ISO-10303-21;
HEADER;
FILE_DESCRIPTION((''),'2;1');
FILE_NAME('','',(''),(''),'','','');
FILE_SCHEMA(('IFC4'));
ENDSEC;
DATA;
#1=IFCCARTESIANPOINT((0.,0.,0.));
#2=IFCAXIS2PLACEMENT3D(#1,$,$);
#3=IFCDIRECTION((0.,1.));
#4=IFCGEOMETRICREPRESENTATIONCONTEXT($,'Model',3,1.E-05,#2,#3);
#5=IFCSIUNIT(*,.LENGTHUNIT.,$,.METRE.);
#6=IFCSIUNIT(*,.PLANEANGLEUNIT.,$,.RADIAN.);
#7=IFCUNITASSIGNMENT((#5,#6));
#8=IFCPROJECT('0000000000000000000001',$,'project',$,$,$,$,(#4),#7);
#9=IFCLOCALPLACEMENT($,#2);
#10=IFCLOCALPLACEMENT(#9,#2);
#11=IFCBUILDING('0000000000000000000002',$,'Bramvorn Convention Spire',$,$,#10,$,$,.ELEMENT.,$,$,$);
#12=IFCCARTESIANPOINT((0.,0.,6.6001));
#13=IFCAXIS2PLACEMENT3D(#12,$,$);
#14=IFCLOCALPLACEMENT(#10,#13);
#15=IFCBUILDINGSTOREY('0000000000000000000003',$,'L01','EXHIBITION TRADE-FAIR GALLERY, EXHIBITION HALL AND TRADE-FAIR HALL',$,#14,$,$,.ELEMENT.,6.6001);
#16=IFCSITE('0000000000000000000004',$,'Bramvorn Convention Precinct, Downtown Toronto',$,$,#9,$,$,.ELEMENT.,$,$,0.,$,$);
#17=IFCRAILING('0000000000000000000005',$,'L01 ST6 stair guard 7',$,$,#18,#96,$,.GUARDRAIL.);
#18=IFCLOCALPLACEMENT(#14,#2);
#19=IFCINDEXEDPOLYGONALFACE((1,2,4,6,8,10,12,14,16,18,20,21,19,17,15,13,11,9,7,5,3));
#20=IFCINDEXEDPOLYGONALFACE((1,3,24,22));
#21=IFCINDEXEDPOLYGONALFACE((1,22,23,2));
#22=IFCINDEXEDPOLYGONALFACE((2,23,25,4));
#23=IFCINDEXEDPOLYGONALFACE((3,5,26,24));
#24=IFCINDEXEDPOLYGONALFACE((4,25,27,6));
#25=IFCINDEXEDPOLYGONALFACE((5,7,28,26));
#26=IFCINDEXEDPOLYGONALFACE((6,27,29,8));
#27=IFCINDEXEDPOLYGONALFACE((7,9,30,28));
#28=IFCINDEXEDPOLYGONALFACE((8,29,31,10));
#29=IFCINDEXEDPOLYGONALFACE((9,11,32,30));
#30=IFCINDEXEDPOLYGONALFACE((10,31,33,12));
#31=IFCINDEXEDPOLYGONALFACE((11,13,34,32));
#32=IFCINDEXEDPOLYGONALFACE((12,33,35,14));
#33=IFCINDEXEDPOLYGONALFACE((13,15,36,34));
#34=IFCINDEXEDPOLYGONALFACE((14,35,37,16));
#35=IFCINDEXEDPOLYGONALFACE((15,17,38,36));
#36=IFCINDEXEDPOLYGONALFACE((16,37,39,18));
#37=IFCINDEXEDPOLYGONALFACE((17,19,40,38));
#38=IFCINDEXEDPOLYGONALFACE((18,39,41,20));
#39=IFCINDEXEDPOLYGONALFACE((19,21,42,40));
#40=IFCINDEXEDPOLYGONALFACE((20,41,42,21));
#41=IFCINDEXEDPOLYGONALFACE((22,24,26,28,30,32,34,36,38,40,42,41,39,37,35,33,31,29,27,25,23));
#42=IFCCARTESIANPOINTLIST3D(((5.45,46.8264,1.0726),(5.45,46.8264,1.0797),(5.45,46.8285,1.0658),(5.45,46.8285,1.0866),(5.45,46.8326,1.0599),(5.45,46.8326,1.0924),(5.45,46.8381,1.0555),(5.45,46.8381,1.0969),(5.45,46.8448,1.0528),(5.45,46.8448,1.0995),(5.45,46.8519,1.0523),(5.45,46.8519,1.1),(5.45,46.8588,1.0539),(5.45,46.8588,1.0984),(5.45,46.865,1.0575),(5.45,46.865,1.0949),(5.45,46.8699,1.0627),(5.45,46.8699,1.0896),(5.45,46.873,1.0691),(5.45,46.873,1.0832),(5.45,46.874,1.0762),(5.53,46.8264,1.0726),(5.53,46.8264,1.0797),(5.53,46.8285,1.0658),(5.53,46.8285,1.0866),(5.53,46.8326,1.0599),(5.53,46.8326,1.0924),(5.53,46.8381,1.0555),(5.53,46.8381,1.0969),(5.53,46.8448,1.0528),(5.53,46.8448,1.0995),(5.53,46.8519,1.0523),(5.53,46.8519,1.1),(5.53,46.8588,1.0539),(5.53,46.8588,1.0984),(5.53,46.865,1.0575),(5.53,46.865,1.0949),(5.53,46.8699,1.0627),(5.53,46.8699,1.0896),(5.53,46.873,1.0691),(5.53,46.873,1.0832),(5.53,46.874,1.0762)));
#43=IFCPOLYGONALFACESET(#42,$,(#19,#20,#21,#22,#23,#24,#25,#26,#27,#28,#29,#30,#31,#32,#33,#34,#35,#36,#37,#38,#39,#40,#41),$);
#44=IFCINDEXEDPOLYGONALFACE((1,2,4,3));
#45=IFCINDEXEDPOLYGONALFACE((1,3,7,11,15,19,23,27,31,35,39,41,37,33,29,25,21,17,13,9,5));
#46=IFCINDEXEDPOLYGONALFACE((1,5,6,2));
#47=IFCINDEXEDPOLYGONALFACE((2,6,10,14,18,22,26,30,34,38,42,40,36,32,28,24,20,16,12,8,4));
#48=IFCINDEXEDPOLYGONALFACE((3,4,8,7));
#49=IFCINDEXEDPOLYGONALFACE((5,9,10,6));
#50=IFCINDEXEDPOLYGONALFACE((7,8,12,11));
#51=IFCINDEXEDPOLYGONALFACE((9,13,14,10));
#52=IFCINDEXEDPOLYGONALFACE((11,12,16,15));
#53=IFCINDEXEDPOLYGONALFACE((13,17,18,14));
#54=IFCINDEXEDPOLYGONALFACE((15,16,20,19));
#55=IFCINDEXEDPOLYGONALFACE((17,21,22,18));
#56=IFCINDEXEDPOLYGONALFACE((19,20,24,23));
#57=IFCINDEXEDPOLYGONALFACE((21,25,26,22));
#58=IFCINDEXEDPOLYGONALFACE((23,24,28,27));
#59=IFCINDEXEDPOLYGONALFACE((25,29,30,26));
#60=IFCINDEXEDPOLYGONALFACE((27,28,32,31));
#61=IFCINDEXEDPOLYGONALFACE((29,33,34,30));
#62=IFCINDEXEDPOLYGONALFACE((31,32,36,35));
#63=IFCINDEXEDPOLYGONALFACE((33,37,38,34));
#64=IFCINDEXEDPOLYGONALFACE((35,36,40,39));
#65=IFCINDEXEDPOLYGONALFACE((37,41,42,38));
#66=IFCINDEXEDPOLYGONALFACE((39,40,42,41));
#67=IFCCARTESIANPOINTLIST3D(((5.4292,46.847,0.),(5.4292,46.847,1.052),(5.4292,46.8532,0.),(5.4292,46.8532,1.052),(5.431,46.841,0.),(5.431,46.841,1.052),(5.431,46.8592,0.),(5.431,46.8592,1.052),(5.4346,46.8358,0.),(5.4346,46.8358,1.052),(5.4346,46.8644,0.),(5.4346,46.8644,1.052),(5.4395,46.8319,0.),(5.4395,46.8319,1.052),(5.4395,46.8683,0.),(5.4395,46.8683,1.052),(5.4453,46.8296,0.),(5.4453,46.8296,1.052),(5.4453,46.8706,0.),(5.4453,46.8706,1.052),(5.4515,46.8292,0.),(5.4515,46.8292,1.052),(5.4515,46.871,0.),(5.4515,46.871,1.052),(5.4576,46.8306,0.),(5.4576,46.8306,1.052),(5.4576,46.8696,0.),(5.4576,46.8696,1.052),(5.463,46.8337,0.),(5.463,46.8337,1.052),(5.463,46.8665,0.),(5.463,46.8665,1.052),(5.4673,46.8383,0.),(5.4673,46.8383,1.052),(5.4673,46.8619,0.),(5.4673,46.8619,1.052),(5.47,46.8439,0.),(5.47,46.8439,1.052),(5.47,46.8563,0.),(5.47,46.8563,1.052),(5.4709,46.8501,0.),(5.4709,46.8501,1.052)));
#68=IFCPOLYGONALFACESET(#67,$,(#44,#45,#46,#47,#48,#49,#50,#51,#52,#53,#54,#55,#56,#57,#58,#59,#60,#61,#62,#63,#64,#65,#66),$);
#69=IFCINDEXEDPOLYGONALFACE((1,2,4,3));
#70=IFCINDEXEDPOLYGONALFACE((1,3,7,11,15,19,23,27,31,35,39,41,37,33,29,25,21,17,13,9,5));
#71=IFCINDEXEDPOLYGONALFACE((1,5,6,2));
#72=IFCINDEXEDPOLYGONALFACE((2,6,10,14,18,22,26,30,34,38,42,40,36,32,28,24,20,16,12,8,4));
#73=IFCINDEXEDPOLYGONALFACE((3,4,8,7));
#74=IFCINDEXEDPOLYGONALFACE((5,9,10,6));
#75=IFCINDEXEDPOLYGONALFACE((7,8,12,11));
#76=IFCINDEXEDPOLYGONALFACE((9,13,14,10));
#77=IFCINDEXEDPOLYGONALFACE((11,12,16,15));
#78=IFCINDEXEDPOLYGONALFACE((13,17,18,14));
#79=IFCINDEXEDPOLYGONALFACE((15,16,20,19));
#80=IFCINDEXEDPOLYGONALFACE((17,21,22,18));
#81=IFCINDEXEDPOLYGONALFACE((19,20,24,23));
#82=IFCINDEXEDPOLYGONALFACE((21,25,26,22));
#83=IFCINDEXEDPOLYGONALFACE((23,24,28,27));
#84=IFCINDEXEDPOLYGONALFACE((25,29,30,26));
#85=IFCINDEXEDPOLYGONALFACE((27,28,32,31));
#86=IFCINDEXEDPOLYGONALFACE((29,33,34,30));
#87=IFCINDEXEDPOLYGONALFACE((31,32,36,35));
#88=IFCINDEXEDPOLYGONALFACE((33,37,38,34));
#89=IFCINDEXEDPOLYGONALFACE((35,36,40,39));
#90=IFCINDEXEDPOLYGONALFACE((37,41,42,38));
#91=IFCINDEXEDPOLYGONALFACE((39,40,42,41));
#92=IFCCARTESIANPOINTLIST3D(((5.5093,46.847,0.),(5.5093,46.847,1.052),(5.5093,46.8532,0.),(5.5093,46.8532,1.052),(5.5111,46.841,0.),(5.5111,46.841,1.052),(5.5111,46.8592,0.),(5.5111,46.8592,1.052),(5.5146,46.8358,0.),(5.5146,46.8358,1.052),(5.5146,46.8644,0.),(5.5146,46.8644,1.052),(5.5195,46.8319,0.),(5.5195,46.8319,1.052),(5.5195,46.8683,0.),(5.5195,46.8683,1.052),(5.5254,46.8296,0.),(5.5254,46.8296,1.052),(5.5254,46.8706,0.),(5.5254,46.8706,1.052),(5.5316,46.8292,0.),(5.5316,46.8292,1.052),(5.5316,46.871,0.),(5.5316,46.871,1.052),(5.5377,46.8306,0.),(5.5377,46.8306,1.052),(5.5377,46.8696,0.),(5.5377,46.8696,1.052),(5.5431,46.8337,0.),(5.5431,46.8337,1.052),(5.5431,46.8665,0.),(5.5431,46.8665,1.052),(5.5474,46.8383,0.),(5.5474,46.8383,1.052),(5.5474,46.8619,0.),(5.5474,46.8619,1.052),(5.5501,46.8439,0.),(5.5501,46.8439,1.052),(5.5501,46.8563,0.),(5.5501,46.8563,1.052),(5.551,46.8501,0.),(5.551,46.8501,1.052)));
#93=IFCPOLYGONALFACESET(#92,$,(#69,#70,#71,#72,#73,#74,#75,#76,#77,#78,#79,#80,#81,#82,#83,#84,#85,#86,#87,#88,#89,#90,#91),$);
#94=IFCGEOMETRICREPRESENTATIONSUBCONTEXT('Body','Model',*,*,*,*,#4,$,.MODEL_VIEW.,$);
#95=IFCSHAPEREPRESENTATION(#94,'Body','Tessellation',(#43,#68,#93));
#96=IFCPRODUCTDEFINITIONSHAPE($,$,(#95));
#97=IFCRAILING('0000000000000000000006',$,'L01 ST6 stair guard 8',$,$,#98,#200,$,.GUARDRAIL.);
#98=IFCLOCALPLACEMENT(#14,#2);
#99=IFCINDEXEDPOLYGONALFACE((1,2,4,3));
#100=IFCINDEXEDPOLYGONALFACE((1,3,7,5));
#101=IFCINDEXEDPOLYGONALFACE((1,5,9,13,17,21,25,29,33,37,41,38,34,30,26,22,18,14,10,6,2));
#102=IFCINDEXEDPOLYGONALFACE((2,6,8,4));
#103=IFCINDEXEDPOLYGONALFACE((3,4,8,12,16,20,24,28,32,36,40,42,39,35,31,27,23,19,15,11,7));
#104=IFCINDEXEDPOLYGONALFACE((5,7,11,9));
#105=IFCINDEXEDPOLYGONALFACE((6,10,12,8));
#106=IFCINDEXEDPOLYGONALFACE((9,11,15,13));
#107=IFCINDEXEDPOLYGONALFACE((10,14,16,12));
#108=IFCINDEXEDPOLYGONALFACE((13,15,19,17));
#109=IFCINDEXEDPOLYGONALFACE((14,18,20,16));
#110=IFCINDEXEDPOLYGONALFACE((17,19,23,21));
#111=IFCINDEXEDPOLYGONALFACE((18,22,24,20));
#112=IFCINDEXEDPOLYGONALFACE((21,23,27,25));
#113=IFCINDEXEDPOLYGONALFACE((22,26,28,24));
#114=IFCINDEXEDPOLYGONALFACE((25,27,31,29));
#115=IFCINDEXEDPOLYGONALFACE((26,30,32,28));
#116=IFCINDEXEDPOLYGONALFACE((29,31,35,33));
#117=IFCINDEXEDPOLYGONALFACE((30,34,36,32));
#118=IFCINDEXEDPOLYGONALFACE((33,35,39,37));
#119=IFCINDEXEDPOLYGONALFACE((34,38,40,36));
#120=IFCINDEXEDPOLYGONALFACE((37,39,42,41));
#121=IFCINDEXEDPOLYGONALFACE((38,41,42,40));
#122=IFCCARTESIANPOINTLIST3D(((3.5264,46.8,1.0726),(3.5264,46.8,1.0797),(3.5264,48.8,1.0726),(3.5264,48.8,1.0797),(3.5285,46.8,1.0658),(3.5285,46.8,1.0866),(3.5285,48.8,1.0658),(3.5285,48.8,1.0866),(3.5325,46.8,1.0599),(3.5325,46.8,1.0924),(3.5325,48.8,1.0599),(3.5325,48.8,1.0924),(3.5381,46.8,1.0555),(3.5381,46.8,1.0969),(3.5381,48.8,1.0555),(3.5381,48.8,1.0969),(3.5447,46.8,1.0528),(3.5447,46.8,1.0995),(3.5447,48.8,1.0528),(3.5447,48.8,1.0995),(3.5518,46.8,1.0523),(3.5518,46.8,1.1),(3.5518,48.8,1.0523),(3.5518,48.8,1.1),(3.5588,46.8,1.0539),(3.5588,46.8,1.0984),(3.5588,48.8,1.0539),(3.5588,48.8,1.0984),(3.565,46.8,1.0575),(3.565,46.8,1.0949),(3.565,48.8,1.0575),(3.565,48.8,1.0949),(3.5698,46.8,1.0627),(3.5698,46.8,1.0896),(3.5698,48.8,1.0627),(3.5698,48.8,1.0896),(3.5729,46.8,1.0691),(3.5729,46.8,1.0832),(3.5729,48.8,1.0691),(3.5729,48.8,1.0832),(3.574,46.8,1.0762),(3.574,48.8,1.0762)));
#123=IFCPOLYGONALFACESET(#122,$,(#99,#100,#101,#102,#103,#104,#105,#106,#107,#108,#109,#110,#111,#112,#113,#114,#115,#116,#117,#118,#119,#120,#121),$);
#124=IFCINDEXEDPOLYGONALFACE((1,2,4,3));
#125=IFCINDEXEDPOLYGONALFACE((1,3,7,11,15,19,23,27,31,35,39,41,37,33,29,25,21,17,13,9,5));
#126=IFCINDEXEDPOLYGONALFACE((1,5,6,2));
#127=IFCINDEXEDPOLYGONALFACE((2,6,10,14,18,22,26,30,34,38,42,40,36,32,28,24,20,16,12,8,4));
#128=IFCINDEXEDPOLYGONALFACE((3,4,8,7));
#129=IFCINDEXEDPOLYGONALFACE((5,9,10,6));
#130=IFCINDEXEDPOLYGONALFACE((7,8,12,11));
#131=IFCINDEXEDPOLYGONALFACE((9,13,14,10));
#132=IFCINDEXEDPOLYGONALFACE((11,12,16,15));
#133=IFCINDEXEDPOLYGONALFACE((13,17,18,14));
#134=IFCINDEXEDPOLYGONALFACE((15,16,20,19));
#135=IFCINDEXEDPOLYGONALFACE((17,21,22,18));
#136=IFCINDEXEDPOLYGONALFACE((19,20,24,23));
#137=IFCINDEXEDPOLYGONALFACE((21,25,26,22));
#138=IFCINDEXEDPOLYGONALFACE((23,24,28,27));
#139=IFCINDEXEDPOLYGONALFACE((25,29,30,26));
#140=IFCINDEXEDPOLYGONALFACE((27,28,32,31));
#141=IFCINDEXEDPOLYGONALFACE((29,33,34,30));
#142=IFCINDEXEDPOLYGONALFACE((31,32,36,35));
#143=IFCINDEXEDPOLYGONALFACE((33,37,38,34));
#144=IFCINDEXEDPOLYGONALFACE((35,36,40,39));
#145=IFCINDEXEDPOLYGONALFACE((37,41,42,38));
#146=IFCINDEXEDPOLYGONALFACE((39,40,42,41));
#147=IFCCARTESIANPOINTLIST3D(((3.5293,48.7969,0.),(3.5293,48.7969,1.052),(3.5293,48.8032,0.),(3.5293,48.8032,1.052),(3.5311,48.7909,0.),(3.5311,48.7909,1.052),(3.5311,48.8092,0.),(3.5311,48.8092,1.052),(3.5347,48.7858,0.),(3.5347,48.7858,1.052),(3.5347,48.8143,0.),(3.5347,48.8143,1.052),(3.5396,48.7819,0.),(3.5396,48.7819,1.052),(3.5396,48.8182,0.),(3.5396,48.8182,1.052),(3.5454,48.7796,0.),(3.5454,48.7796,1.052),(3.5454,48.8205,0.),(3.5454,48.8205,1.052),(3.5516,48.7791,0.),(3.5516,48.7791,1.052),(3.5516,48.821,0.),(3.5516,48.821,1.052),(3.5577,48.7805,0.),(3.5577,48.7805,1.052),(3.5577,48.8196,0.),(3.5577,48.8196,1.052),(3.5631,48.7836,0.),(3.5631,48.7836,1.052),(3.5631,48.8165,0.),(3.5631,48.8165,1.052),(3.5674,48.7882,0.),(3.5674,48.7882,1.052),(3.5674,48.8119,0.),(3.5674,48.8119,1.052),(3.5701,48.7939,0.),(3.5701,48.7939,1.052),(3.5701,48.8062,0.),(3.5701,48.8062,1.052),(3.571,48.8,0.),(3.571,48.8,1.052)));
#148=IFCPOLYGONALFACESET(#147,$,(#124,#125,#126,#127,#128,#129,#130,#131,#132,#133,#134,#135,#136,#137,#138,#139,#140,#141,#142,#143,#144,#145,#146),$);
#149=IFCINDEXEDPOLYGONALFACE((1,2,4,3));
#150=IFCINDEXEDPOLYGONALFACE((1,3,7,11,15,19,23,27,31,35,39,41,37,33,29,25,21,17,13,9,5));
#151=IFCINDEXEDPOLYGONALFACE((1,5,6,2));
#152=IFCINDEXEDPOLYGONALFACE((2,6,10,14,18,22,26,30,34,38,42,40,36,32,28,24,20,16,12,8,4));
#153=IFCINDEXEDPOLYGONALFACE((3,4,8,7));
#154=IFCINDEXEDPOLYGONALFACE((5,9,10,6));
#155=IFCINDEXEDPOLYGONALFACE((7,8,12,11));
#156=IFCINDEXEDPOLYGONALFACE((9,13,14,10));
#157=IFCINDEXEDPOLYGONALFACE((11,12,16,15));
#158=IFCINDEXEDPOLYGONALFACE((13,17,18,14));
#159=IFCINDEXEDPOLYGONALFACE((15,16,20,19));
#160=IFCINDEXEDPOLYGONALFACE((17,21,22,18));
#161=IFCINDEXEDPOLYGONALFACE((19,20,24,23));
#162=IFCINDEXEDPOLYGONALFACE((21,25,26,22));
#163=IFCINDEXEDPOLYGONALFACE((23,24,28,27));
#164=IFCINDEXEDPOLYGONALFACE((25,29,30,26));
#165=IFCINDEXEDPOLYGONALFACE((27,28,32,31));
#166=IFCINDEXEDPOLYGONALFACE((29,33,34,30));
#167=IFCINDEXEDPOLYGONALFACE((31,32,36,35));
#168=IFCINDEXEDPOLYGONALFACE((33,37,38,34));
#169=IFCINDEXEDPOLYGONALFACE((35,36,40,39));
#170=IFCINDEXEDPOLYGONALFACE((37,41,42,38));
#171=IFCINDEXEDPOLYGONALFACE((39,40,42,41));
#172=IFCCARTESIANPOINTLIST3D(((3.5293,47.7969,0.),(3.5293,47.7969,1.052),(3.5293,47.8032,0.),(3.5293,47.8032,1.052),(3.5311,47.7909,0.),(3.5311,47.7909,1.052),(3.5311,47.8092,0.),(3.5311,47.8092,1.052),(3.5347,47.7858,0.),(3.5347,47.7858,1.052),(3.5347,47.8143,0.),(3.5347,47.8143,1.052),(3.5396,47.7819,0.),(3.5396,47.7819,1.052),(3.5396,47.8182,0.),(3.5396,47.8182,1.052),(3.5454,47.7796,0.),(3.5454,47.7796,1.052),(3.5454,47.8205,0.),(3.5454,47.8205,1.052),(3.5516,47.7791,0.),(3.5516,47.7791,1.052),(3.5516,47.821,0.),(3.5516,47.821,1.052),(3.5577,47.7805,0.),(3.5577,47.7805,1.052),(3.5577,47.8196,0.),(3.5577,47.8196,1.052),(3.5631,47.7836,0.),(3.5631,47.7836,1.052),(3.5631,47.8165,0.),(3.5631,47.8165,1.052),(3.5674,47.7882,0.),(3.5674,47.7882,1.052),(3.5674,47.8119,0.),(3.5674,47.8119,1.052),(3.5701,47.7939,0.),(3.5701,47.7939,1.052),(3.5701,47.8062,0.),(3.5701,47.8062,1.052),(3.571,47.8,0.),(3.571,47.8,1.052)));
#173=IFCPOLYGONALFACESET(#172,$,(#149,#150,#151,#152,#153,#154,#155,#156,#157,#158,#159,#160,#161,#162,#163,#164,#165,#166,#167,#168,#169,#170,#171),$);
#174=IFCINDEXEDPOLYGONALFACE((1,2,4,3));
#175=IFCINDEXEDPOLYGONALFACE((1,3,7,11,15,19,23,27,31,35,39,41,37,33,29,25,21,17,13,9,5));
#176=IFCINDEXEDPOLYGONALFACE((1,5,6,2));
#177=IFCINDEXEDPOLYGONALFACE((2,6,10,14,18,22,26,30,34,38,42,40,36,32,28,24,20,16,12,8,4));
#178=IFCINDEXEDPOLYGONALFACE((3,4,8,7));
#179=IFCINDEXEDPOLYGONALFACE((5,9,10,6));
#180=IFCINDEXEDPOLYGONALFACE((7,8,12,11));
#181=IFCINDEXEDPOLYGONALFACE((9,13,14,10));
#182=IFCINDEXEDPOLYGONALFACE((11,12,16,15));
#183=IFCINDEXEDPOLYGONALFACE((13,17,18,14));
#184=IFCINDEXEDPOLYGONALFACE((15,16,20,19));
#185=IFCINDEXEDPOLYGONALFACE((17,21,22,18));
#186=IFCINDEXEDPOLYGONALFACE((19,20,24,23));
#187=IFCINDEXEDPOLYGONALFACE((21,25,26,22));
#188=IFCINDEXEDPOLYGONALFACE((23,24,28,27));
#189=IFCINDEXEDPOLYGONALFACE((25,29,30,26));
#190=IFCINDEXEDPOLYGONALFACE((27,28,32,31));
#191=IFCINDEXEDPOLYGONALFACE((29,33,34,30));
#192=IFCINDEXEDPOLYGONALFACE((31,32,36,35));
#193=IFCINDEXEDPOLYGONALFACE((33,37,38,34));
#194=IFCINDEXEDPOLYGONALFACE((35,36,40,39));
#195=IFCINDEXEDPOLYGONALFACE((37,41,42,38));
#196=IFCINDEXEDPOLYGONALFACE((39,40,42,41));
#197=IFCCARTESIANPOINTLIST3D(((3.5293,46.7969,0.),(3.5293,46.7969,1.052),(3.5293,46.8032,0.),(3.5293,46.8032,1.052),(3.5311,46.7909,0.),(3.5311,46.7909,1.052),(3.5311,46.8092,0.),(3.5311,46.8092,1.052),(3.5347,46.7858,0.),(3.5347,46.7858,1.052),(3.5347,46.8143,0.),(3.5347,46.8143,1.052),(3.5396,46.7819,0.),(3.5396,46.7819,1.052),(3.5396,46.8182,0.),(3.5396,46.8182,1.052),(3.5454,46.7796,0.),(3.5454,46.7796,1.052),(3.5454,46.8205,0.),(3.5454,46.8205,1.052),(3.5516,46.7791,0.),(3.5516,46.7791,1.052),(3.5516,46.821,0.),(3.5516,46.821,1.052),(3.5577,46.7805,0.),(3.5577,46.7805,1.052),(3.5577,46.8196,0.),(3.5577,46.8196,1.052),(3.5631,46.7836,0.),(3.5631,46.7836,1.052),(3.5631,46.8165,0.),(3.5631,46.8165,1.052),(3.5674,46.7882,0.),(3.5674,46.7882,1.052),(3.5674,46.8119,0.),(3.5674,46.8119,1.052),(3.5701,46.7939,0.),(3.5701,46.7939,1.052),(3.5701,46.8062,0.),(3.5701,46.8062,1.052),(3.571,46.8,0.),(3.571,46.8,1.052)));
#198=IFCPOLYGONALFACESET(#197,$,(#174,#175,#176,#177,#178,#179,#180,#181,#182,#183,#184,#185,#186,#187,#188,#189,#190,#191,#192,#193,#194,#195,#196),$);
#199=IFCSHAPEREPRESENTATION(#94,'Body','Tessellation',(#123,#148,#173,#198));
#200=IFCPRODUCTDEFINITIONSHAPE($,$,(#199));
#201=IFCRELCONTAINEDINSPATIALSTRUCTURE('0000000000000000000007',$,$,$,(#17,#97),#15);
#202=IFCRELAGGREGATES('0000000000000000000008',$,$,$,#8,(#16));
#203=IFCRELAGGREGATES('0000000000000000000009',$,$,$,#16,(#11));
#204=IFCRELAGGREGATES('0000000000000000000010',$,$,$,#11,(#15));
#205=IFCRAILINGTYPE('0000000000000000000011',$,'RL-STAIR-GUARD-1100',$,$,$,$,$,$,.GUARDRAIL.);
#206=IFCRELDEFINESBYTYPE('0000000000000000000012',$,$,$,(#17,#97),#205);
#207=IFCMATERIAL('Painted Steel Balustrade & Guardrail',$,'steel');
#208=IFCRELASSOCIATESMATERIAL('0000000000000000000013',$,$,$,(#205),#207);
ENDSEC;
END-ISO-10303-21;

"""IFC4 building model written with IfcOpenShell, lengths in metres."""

from ifc_helpers import new_model, si_unit, direction, frame, origin, origin_2d, place, context, subcontext, project, spatial, circle, extrude, material, type_object, element, save


model = new_model("IFC4")

# Units and contexts
model_context = context("Model", 3, precision=1e-05, world=origin(), true_north=direction((0.0, 1.0)))
body_context = subcontext(model_context, "Body", "Model", "MODEL_VIEW")
ifc_project = project(units=[si_unit("LENGTHUNIT", "METRE"), si_unit("PLANEANGLEUNIT", "RADIAN")], contexts=[model_context])

# Site, building, storey
site_placement = place(None, origin())
site = spatial("IfcSite", under=ifc_project, at=site_placement, Name="Bramvorn Convention Precinct, Downtown Toronto", CompositionType="ELEMENT", RefElevation=0.0)
building_placement = place(site_placement, origin())
building = spatial("IfcBuilding", under=site, at=building_placement, Name="Bramvorn Convention Spire", CompositionType="ELEMENT")
storey_placement = place(building_placement, frame((0.0, 0.0, 6.6001)))
storey = spatial("IfcBuildingStorey", under=building, at=storey_placement, Name="L01", Description="EXHIBITION TRADE-FAIR GALLERY, EXHIBITION HALL AND TRADE-FAIR HALL", CompositionType="ELEMENT", Elevation=6.6001)

# Railings
ifc_material_1 = material(Name="Painted Steel Balustrade & Guardrail", Category="steel")
railing_type_1 = type_object("IfcRailingType", Name="RL-STAIR-GUARD-1100", PredefinedType="GUARDRAIL", material=ifc_material_1)
railing_1_placement = place(storey_placement, frame((5.45, 46.8501, 0.0)))
element("IfcRailing", 1, at=railing_1_placement, inside=storey, type_object=railing_type_1, Name="L01 ST6 stair guard 7", PredefinedType="GUARDRAIL", context=body_context, shape_type="SweptSolid", body=[
    extrude(circle(Radius=0.0239, at=origin_2d()), frame((0.0, 0.0, 1.0762), z_axis=(1.0, 0.0, 0.0), x_axis=(0.0, 1.0, 0.0)), (0.0, 0.0, 1.0), 0.0801),
    extrude(circle(Radius=0.021, at=origin_2d()), origin(), (0.0, 0.0, 1.0), 1.052),
    extrude(circle(Radius=0.021, at=origin_2d()), frame((0.0801, 0.0, 0.0)), (0.0, 0.0, 1.0), 1.052),
])
for number, where, name in (
    (2, (3.55, 48.8, 0.0), "L01 ST6 stair guard 8"),
):
    element("IfcRailing", number, at=place(storey_placement, frame(where)), inside=storey, type_object=railing_type_1, Name=name, PredefinedType="GUARDRAIL", context=body_context, shape_type="SweptSolid", body=[
        extrude(circle(Radius=0.0239, at=origin_2d()), frame((0.0, 0.0, 1.0762), z_axis=(0.0, -1.0, 0.0), x_axis=(1.0, 0.0, 0.0)), (0.0, 0.0, 1.0), 2.0),
        extrude(circle(Radius=0.021, at=origin_2d()), origin(), (0.0, 0.0, 1.0), 1.052),
        extrude(circle(Radius=0.021, at=origin_2d()), frame((0.0, -1.0, 0.0)), (0.0, 0.0, 1.0), 1.052),
        extrude(circle(Radius=0.021, at=origin_2d()), frame((0.0, -2.0, 0.0)), (0.0, 0.0, 1.0), 1.052),
    ])

save(model, "model.ifc")
